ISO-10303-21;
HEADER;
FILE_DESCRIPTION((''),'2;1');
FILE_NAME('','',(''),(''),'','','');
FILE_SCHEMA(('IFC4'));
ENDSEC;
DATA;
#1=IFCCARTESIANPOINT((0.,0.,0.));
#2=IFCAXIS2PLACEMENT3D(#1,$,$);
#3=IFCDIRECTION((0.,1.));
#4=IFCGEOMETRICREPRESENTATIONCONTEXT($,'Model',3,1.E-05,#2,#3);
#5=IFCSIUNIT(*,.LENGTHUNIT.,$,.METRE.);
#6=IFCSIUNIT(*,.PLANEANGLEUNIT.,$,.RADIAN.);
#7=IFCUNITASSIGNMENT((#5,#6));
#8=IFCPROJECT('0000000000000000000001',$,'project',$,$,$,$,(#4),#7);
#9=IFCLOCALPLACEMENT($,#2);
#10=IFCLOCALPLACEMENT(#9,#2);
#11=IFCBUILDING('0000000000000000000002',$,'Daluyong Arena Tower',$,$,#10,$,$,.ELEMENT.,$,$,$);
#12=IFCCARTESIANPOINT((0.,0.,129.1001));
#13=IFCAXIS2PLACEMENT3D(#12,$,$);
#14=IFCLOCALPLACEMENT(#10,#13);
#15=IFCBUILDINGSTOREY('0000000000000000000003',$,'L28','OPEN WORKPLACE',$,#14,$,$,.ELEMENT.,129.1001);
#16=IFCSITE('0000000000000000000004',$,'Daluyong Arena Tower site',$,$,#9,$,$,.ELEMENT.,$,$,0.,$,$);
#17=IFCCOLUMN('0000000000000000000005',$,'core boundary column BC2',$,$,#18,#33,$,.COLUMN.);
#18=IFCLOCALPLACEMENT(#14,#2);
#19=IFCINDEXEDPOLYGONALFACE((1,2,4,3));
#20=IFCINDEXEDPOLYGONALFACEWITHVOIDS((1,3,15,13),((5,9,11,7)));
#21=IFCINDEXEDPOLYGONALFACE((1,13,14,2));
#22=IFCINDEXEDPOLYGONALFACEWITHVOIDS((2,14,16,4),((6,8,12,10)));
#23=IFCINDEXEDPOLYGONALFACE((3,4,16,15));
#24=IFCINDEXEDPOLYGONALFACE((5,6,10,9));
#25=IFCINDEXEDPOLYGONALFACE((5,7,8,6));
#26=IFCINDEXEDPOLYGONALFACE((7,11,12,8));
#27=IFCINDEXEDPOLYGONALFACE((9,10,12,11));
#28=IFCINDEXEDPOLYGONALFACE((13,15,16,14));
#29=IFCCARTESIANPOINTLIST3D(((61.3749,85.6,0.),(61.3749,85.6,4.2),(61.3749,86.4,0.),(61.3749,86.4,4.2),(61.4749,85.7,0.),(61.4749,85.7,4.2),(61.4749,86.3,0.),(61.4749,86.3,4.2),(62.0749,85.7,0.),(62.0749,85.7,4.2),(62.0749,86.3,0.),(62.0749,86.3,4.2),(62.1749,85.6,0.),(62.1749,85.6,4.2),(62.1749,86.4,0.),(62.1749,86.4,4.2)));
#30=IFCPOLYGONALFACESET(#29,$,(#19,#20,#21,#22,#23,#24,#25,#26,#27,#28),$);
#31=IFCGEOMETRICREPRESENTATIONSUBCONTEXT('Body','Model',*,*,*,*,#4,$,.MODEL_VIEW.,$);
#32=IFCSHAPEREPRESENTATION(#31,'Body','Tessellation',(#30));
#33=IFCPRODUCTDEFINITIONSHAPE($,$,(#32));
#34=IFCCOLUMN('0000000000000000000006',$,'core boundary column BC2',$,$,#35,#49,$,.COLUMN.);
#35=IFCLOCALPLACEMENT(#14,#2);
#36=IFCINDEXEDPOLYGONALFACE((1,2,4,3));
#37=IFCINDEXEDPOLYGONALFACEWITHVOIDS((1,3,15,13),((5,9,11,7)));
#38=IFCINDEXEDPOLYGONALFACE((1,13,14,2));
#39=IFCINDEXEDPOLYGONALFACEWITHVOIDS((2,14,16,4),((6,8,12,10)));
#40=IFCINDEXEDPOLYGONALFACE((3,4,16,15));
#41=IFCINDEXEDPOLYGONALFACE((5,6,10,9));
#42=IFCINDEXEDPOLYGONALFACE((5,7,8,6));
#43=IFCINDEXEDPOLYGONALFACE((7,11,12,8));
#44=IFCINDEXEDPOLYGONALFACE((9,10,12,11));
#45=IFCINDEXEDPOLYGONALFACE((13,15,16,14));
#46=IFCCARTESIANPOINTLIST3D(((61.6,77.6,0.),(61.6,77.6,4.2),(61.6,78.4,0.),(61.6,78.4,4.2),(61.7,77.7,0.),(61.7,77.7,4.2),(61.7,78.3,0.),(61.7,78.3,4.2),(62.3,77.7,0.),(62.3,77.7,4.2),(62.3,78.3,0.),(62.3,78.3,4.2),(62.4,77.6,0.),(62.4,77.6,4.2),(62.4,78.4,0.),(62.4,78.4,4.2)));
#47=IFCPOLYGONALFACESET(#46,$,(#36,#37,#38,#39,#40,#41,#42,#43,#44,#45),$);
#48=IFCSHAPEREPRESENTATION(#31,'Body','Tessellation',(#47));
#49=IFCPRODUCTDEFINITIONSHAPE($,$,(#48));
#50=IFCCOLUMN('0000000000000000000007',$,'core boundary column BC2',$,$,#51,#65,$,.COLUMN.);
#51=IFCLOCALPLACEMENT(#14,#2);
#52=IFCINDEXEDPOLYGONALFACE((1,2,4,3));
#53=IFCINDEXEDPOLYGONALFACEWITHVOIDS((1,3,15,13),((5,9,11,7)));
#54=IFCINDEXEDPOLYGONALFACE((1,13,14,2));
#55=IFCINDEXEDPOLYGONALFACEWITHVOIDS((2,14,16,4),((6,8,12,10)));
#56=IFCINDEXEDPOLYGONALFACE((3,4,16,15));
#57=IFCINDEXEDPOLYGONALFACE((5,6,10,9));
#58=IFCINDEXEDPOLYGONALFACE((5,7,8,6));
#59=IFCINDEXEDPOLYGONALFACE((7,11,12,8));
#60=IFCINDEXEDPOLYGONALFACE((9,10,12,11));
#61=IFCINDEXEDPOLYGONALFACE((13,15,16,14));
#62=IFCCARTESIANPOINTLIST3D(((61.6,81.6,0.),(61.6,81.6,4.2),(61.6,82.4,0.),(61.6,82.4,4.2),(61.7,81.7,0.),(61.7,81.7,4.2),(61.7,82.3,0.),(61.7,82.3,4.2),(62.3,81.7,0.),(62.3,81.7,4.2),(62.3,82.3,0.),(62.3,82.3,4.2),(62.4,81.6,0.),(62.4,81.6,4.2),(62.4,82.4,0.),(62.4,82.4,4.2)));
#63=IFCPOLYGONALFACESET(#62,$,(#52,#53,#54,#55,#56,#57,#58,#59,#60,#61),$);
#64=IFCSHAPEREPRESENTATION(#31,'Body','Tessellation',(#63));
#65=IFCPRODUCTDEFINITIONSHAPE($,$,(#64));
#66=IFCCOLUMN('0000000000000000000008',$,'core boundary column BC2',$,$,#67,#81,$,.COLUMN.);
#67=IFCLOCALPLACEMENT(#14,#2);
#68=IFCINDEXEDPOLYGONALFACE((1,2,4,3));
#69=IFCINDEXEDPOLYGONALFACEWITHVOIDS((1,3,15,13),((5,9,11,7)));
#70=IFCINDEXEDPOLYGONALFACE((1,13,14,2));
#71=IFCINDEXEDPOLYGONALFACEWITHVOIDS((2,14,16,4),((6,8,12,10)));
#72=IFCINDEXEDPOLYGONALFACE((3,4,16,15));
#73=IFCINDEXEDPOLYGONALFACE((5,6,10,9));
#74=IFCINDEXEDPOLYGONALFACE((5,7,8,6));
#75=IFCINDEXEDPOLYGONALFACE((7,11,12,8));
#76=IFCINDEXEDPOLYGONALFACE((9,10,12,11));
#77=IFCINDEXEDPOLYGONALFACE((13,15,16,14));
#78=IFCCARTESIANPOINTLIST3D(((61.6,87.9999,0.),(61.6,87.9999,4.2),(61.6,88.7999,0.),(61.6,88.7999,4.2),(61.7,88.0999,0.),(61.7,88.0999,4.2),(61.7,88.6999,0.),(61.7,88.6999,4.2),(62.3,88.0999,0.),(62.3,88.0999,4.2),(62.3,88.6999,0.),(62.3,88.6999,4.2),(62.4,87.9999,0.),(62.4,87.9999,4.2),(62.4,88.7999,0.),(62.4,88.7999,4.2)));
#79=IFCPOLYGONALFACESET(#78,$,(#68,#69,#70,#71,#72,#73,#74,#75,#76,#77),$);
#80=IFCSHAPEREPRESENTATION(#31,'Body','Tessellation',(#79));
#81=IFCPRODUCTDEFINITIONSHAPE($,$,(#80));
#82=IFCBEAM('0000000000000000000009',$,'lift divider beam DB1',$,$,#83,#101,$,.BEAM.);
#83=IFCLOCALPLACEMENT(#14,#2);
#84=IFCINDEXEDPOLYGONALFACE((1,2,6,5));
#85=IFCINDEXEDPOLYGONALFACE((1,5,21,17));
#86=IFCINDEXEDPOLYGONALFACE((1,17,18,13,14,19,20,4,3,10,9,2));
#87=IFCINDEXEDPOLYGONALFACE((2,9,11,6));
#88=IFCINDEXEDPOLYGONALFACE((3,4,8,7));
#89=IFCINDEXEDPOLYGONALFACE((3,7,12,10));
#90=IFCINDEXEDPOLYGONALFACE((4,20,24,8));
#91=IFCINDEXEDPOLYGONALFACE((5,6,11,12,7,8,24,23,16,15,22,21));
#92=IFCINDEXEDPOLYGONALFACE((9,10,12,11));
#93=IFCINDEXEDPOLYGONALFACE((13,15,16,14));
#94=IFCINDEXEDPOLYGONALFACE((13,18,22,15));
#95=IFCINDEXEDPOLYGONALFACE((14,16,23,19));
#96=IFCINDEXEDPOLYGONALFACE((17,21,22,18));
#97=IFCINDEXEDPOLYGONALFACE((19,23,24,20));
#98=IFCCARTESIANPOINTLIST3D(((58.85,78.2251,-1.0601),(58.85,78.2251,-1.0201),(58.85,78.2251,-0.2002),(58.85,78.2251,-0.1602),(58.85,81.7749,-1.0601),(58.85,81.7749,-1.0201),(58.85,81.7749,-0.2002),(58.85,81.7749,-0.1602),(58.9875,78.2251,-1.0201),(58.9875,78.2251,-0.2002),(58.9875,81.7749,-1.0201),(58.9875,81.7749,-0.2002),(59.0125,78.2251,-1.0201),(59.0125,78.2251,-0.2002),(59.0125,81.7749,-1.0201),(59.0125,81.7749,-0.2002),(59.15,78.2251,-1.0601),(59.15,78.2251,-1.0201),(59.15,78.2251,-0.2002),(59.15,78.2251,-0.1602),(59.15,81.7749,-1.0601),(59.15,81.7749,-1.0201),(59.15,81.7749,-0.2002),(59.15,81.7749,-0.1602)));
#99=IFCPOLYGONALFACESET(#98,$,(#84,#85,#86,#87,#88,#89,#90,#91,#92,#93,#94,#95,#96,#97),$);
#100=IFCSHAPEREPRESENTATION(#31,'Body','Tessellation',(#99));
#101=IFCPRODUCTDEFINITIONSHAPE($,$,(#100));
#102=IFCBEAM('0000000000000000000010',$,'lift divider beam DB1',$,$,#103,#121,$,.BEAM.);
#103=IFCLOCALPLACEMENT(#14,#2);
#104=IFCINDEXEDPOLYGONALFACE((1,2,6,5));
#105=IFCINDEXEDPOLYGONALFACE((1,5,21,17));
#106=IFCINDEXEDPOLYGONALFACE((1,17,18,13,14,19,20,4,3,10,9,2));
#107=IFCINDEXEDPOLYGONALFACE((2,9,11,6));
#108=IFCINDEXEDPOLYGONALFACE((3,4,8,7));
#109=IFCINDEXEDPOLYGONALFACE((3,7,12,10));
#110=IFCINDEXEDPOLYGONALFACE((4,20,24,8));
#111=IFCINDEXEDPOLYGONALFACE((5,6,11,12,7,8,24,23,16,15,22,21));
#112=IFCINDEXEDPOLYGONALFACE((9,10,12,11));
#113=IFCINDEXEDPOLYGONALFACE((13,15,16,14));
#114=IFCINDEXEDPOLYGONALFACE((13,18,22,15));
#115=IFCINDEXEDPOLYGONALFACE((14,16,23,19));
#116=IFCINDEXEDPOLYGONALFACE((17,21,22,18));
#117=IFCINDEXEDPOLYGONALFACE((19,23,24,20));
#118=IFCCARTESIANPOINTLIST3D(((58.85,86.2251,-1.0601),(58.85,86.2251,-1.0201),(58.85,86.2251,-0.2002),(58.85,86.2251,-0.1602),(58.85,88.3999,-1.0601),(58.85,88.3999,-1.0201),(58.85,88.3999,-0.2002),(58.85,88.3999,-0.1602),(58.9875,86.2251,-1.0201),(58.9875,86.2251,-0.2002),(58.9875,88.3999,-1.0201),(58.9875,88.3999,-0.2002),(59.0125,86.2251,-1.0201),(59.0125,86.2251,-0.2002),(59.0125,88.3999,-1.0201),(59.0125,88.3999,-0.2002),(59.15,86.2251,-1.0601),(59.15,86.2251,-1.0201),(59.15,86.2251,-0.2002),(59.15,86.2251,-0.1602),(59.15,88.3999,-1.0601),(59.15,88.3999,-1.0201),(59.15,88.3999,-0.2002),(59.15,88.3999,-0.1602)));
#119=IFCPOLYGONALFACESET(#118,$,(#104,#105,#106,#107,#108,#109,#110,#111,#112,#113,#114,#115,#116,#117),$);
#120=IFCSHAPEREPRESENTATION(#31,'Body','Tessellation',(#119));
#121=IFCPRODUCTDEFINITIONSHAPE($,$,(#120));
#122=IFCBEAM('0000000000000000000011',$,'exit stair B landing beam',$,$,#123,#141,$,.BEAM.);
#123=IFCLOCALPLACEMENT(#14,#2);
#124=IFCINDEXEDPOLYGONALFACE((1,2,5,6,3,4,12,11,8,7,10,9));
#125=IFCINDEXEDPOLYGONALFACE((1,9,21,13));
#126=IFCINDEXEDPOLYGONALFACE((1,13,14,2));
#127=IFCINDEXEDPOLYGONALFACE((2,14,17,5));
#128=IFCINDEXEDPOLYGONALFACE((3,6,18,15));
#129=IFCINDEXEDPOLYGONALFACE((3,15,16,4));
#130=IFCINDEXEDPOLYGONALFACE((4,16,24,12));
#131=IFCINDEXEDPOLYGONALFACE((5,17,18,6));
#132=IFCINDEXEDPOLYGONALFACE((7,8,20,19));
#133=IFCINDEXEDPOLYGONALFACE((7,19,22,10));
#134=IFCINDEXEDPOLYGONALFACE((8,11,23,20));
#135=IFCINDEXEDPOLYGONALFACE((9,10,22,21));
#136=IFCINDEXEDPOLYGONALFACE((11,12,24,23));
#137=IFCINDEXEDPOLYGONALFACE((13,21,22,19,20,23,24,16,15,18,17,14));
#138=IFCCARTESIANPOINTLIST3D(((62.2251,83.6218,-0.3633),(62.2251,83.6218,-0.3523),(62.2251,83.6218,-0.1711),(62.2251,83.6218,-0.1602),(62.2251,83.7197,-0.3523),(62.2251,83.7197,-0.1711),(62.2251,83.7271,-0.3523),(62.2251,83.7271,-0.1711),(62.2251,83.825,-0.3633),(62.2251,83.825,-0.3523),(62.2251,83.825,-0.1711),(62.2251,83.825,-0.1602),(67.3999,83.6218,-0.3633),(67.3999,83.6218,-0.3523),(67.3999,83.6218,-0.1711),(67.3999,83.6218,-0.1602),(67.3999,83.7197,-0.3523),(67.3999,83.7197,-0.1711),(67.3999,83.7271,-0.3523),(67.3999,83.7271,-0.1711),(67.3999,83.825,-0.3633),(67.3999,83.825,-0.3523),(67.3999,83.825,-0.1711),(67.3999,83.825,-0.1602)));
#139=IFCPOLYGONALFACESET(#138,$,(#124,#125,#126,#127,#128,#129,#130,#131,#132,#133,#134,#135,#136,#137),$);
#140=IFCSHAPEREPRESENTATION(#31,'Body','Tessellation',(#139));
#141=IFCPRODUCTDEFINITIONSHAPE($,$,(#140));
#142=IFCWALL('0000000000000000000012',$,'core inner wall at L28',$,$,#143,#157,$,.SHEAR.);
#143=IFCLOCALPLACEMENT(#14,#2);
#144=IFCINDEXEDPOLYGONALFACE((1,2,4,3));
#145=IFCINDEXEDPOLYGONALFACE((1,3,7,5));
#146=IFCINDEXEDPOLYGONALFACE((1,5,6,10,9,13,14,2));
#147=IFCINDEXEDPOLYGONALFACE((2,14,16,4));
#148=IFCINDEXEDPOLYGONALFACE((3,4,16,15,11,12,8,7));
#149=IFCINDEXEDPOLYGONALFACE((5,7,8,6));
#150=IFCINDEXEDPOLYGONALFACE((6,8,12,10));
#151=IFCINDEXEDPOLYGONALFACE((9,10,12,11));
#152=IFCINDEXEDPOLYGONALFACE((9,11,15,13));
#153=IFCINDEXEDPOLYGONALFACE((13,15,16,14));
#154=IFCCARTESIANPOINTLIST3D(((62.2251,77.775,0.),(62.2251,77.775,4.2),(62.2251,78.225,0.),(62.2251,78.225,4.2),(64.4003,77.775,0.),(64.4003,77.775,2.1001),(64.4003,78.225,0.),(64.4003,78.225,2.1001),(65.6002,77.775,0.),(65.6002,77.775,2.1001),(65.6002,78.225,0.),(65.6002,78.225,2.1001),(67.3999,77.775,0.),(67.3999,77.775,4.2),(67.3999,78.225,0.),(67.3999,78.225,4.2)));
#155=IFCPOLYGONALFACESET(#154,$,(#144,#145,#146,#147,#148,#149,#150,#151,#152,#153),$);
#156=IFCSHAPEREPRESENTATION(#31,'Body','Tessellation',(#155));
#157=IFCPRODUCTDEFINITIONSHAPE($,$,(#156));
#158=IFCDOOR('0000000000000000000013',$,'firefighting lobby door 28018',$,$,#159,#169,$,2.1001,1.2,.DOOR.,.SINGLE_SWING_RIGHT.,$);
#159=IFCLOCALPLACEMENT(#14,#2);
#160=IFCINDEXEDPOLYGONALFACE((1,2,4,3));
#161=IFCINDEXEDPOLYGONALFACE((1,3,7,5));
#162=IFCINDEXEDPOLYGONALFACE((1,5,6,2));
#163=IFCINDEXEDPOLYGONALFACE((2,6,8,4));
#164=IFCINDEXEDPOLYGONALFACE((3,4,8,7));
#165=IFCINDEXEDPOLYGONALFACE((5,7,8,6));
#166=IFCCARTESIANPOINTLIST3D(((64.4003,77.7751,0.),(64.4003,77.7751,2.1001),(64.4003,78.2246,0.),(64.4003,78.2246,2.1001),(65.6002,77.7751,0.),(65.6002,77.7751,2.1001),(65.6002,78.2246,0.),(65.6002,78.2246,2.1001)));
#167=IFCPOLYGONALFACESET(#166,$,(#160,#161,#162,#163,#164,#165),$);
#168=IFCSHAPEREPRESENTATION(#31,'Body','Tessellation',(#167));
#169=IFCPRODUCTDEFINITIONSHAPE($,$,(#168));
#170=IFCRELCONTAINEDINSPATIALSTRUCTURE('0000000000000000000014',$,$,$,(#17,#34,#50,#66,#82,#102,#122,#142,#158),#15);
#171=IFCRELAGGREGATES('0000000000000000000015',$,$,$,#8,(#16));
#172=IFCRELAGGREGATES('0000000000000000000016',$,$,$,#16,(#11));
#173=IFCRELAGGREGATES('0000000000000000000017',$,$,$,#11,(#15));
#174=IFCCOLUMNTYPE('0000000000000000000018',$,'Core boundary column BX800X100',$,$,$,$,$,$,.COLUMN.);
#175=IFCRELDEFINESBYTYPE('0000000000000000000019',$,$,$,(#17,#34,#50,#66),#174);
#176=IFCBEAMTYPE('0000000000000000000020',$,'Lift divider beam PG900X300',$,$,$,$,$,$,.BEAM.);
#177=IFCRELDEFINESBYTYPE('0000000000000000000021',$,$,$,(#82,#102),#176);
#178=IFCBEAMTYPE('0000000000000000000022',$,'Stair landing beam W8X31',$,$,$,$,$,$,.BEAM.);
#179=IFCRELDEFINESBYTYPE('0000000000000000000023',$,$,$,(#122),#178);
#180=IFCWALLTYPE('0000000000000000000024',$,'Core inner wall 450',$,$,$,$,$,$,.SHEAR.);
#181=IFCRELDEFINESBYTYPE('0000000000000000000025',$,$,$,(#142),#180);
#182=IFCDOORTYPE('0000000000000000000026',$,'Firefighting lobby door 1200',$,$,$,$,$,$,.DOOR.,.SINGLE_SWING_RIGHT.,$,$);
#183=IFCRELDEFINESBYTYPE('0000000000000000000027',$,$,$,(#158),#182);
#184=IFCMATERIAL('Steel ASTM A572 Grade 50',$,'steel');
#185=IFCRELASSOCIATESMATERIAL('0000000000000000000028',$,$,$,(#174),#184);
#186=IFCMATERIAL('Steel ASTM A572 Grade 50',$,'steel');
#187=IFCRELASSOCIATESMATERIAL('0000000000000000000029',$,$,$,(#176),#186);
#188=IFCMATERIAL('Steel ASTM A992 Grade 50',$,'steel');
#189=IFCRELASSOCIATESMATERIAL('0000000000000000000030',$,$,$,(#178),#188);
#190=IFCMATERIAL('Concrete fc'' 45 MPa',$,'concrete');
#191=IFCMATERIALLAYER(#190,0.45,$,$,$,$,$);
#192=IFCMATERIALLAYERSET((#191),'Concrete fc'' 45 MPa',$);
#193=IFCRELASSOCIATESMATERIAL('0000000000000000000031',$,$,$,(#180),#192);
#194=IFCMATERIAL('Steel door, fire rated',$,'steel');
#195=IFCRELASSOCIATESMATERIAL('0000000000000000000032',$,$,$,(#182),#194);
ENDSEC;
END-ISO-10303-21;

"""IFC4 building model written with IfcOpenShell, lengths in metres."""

from ifc_helpers import new_model, si_unit, direction, frame, frame_2d, origin, origin_2d, place, context, subcontext, project, spatial, rectangle, hollow_rectangle, i_section, extrude, material, layer, layer_set, material_profile, profile_set, type_object, element, fill, save


model = new_model("IFC4")

# Units and contexts
model_context = context("Model", 3, precision=1e-05, world=origin(), true_north=direction((0.0, 1.0)))
body_context = subcontext(model_context, "Body", "Model", "MODEL_VIEW")
ifc_project = project(units=[si_unit("LENGTHUNIT", "METRE"), si_unit("PLANEANGLEUNIT", "RADIAN")], contexts=[model_context])

# Site, building, storey
site_placement = place(None, origin())
site = spatial("IfcSite", under=ifc_project, at=site_placement, Name="Daluyong Arena Tower site", CompositionType="ELEMENT", RefElevation=0.0)
building_placement = place(site_placement, origin())
building = spatial("IfcBuilding", under=site, at=building_placement, Name="Daluyong Arena Tower", CompositionType="ELEMENT")
storey_placement = place(building_placement, frame((0.0, 0.0, 129.1001)))
storey = spatial("IfcBuildingStorey", under=building, at=storey_placement, Name="L28", Description="OPEN WORKPLACE", CompositionType="ELEMENT", Elevation=129.1001)

# Columns
ifc_material_1 = material(Name="Steel ASTM A572 Grade 50", Category="steel")
ifc_material_profile_1 = material_profile(ifc_material_1, hollow_rectangle(XDim=0.8, YDim=0.8, WallThickness=0.1, at=origin_2d()))
ifc_profile_set_1 = profile_set([ifc_material_profile_1], Name="Steel ASTM A572 Grade 50")
column_type = type_object("IfcColumnType", Name="Core boundary column BX800X100", PredefinedType="COLUMN", material=ifc_profile_set_1)
for number, where, z_axis, x_axis, name in (
    (1, (61.7749, 86.0, 0.0), (0.0, 0.0, 1.0), (1.0, 0.0, 0.0), "core boundary column BC2"),
    (2, (62.0, 78.0, 0.0), (0.0, 0.0, 1.0), (1.0, 0.0, 0.0), "core boundary column BC2"),
    (3, (62.0, 82.0, 0.0), (0.0, 0.0, 1.0), (1.0, 0.0, 0.0), "core boundary column BC2"),
    (4, (62.0, 88.3999, 0.0), (0.0, 0.0, 1.0), (1.0, 0.0, 0.0), "core boundary column BC2"),
):
    element("IfcColumn", number, at=place(storey_placement, frame(where, z_axis=z_axis, x_axis=x_axis)), inside=storey, type_object=column_type, Name=name, PredefinedType="COLUMN", context=body_context, shape_type="SweptSolid", body=[
        extrude(hollow_rectangle(XDim=0.8, YDim=0.8, WallThickness=0.1, at=origin_2d()), origin(), (0.0, 0.0, 1.0), 4.2),
    ])

# Beams
ifc_material_2 = material(Name="Steel ASTM A572 Grade 50", Category="steel")
ifc_material_profile_2 = material_profile(ifc_material_2, i_section(OverallWidth=0.3, OverallDepth=0.8999, WebThickness=0.025, FlangeThickness=0.04, at=origin_2d()))
ifc_profile_set_2 = profile_set([ifc_material_profile_2], Name="Steel ASTM A572 Grade 50")
beam_type_1 = type_object("IfcBeamType", Name="Lift divider beam PG900X300", PredefinedType="BEAM", material=ifc_profile_set_2)
beam_1_placement = place(storey_placement, frame((59.0, 78.2251, -0.6101), z_axis=(0.0, 1.0, 0.0), x_axis=(-1.0, 0.0, 0.0)))
element("IfcBeam", 5, at=beam_1_placement, inside=storey, type_object=beam_type_1, Name="lift divider beam DB1", PredefinedType="BEAM", context=body_context, shape_type="SweptSolid", body=[
    extrude(i_section(OverallWidth=0.3, OverallDepth=0.8999, WebThickness=0.025, FlangeThickness=0.04, at=origin_2d()), origin(), (0.0, 0.0, 1.0), 3.5498),
])
beam_2_placement = place(storey_placement, frame((59.0, 86.2251, -0.6101), z_axis=(0.0, 1.0, 0.0), x_axis=(-1.0, 0.0, 0.0)))
element("IfcBeam", 6, at=beam_2_placement, inside=storey, type_object=beam_type_1, Name="lift divider beam DB1", PredefinedType="BEAM", context=body_context, shape_type="SweptSolid", body=[
    extrude(i_section(OverallWidth=0.3, OverallDepth=0.8999, WebThickness=0.025, FlangeThickness=0.04, at=origin_2d()), origin(), (0.0, 0.0, 1.0), 2.1748),
])
ifc_material_3 = material(Name="Steel ASTM A992 Grade 50", Category="steel")
ifc_material_profile_3 = material_profile(ifc_material_3, i_section(OverallWidth=0.2031, OverallDepth=0.2031, WebThickness=0.0073, FlangeThickness=0.011, at=origin_2d()))
ifc_profile_set_3 = profile_set([ifc_material_profile_3], Name="Steel ASTM A992 Grade 50")
beam_type_2 = type_object("IfcBeamType", Name="Stair landing beam W8X31", PredefinedType="BEAM", material=ifc_profile_set_3)
beam_3_placement = place(storey_placement, frame((62.2251, 83.7234, -0.2617), z_axis=(1.0, 0.0, 0.0), x_axis=(0.0, 1.0, 0.0)))
element("IfcBeam", 7, at=beam_3_placement, inside=storey, type_object=beam_type_2, Name="exit stair B landing beam", PredefinedType="BEAM", context=body_context, shape_type="SweptSolid", body=[
    extrude(i_section(OverallWidth=0.2031, OverallDepth=0.2031, WebThickness=0.0073, FlangeThickness=0.011, at=origin_2d()), origin(), (0.0, 0.0, 1.0), 5.1748),
])

# Wall, opening, door
ifc_material_4 = material(Name="Concrete fc' 45 MPa", Category="concrete")
ifc_layer_1 = layer(ifc_material_4, 0.45)
ifc_layer_set_1 = layer_set([ifc_layer_1], Name="Concrete fc' 45 MPa")
wall_type_1 = type_object("IfcWallType", Name="Core inner wall 450", PredefinedType="SHEAR", material=ifc_layer_set_1)
wall_1_placement = place(storey_placement, frame((62.2251, 78.0, 0.0), z_axis=(0.0, 0.0, 1.0), x_axis=(1.0, 0.0, 0.0)))
wall_1 = element("IfcWall", 8, at=wall_1_placement, inside=storey, type_object=wall_type_1, Name="core inner wall at L28", PredefinedType="SHEAR", context=body_context, shape_type="SweptSolid", body=[
    extrude(rectangle(XDim=5.1748, YDim=0.45, at=frame_2d((2.5874, 0.0))), origin(), (0.0, 0.0, 1.0), 4.2),
])
opening_1_placement = place(wall_1_placement, frame((2.175, 0.0, 0.0)))
opening_1 = element("IfcOpeningElement", 9, at=opening_1_placement, cuts=wall_1, PredefinedType="OPENING", context=body_context, shape_type="SweptSolid", body=[
    extrude(rectangle(XDim=1.2, YDim=2.1001, at=frame_2d((0.6001, 1.05))), frame((0.0, 0.2349, 0.0), z_axis=(0.0, -1.0, 0.0), x_axis=(1.0, 0.0, 0.0)), (0.0, 0.0, 1.0), 0.47),
])
ifc_material_5 = material(Name="Steel door, fire rated", Category="steel")
door_type_1 = type_object("IfcDoorType", Name="Firefighting lobby door 1200", OperationType="SINGLE_SWING_RIGHT", PredefinedType="DOOR", material=ifc_material_5)
door_1_placement = place(opening_1_placement, origin())
door_1 = element("IfcDoor", 10, at=door_1_placement, inside=storey, type_object=door_type_1, Name="firefighting lobby door 28018", OperationType="SINGLE_SWING_RIGHT", OverallHeight=2.1001, OverallWidth=1.2, PredefinedType="DOOR", context=body_context, shape_type="SweptSolid", body=[
    extrude(rectangle(XDim=1.2, YDim=2.1001, at=frame_2d((0.6001, 1.05))), frame((0.0, 0.2246, 0.0), z_axis=(0.0, -1.0, 0.0), x_axis=(1.0, 0.0, 0.0)), (0.0, 0.0, 1.0), 0.4495),
])
fill(opening_1, door_1)

save(model, "model.ifc")
